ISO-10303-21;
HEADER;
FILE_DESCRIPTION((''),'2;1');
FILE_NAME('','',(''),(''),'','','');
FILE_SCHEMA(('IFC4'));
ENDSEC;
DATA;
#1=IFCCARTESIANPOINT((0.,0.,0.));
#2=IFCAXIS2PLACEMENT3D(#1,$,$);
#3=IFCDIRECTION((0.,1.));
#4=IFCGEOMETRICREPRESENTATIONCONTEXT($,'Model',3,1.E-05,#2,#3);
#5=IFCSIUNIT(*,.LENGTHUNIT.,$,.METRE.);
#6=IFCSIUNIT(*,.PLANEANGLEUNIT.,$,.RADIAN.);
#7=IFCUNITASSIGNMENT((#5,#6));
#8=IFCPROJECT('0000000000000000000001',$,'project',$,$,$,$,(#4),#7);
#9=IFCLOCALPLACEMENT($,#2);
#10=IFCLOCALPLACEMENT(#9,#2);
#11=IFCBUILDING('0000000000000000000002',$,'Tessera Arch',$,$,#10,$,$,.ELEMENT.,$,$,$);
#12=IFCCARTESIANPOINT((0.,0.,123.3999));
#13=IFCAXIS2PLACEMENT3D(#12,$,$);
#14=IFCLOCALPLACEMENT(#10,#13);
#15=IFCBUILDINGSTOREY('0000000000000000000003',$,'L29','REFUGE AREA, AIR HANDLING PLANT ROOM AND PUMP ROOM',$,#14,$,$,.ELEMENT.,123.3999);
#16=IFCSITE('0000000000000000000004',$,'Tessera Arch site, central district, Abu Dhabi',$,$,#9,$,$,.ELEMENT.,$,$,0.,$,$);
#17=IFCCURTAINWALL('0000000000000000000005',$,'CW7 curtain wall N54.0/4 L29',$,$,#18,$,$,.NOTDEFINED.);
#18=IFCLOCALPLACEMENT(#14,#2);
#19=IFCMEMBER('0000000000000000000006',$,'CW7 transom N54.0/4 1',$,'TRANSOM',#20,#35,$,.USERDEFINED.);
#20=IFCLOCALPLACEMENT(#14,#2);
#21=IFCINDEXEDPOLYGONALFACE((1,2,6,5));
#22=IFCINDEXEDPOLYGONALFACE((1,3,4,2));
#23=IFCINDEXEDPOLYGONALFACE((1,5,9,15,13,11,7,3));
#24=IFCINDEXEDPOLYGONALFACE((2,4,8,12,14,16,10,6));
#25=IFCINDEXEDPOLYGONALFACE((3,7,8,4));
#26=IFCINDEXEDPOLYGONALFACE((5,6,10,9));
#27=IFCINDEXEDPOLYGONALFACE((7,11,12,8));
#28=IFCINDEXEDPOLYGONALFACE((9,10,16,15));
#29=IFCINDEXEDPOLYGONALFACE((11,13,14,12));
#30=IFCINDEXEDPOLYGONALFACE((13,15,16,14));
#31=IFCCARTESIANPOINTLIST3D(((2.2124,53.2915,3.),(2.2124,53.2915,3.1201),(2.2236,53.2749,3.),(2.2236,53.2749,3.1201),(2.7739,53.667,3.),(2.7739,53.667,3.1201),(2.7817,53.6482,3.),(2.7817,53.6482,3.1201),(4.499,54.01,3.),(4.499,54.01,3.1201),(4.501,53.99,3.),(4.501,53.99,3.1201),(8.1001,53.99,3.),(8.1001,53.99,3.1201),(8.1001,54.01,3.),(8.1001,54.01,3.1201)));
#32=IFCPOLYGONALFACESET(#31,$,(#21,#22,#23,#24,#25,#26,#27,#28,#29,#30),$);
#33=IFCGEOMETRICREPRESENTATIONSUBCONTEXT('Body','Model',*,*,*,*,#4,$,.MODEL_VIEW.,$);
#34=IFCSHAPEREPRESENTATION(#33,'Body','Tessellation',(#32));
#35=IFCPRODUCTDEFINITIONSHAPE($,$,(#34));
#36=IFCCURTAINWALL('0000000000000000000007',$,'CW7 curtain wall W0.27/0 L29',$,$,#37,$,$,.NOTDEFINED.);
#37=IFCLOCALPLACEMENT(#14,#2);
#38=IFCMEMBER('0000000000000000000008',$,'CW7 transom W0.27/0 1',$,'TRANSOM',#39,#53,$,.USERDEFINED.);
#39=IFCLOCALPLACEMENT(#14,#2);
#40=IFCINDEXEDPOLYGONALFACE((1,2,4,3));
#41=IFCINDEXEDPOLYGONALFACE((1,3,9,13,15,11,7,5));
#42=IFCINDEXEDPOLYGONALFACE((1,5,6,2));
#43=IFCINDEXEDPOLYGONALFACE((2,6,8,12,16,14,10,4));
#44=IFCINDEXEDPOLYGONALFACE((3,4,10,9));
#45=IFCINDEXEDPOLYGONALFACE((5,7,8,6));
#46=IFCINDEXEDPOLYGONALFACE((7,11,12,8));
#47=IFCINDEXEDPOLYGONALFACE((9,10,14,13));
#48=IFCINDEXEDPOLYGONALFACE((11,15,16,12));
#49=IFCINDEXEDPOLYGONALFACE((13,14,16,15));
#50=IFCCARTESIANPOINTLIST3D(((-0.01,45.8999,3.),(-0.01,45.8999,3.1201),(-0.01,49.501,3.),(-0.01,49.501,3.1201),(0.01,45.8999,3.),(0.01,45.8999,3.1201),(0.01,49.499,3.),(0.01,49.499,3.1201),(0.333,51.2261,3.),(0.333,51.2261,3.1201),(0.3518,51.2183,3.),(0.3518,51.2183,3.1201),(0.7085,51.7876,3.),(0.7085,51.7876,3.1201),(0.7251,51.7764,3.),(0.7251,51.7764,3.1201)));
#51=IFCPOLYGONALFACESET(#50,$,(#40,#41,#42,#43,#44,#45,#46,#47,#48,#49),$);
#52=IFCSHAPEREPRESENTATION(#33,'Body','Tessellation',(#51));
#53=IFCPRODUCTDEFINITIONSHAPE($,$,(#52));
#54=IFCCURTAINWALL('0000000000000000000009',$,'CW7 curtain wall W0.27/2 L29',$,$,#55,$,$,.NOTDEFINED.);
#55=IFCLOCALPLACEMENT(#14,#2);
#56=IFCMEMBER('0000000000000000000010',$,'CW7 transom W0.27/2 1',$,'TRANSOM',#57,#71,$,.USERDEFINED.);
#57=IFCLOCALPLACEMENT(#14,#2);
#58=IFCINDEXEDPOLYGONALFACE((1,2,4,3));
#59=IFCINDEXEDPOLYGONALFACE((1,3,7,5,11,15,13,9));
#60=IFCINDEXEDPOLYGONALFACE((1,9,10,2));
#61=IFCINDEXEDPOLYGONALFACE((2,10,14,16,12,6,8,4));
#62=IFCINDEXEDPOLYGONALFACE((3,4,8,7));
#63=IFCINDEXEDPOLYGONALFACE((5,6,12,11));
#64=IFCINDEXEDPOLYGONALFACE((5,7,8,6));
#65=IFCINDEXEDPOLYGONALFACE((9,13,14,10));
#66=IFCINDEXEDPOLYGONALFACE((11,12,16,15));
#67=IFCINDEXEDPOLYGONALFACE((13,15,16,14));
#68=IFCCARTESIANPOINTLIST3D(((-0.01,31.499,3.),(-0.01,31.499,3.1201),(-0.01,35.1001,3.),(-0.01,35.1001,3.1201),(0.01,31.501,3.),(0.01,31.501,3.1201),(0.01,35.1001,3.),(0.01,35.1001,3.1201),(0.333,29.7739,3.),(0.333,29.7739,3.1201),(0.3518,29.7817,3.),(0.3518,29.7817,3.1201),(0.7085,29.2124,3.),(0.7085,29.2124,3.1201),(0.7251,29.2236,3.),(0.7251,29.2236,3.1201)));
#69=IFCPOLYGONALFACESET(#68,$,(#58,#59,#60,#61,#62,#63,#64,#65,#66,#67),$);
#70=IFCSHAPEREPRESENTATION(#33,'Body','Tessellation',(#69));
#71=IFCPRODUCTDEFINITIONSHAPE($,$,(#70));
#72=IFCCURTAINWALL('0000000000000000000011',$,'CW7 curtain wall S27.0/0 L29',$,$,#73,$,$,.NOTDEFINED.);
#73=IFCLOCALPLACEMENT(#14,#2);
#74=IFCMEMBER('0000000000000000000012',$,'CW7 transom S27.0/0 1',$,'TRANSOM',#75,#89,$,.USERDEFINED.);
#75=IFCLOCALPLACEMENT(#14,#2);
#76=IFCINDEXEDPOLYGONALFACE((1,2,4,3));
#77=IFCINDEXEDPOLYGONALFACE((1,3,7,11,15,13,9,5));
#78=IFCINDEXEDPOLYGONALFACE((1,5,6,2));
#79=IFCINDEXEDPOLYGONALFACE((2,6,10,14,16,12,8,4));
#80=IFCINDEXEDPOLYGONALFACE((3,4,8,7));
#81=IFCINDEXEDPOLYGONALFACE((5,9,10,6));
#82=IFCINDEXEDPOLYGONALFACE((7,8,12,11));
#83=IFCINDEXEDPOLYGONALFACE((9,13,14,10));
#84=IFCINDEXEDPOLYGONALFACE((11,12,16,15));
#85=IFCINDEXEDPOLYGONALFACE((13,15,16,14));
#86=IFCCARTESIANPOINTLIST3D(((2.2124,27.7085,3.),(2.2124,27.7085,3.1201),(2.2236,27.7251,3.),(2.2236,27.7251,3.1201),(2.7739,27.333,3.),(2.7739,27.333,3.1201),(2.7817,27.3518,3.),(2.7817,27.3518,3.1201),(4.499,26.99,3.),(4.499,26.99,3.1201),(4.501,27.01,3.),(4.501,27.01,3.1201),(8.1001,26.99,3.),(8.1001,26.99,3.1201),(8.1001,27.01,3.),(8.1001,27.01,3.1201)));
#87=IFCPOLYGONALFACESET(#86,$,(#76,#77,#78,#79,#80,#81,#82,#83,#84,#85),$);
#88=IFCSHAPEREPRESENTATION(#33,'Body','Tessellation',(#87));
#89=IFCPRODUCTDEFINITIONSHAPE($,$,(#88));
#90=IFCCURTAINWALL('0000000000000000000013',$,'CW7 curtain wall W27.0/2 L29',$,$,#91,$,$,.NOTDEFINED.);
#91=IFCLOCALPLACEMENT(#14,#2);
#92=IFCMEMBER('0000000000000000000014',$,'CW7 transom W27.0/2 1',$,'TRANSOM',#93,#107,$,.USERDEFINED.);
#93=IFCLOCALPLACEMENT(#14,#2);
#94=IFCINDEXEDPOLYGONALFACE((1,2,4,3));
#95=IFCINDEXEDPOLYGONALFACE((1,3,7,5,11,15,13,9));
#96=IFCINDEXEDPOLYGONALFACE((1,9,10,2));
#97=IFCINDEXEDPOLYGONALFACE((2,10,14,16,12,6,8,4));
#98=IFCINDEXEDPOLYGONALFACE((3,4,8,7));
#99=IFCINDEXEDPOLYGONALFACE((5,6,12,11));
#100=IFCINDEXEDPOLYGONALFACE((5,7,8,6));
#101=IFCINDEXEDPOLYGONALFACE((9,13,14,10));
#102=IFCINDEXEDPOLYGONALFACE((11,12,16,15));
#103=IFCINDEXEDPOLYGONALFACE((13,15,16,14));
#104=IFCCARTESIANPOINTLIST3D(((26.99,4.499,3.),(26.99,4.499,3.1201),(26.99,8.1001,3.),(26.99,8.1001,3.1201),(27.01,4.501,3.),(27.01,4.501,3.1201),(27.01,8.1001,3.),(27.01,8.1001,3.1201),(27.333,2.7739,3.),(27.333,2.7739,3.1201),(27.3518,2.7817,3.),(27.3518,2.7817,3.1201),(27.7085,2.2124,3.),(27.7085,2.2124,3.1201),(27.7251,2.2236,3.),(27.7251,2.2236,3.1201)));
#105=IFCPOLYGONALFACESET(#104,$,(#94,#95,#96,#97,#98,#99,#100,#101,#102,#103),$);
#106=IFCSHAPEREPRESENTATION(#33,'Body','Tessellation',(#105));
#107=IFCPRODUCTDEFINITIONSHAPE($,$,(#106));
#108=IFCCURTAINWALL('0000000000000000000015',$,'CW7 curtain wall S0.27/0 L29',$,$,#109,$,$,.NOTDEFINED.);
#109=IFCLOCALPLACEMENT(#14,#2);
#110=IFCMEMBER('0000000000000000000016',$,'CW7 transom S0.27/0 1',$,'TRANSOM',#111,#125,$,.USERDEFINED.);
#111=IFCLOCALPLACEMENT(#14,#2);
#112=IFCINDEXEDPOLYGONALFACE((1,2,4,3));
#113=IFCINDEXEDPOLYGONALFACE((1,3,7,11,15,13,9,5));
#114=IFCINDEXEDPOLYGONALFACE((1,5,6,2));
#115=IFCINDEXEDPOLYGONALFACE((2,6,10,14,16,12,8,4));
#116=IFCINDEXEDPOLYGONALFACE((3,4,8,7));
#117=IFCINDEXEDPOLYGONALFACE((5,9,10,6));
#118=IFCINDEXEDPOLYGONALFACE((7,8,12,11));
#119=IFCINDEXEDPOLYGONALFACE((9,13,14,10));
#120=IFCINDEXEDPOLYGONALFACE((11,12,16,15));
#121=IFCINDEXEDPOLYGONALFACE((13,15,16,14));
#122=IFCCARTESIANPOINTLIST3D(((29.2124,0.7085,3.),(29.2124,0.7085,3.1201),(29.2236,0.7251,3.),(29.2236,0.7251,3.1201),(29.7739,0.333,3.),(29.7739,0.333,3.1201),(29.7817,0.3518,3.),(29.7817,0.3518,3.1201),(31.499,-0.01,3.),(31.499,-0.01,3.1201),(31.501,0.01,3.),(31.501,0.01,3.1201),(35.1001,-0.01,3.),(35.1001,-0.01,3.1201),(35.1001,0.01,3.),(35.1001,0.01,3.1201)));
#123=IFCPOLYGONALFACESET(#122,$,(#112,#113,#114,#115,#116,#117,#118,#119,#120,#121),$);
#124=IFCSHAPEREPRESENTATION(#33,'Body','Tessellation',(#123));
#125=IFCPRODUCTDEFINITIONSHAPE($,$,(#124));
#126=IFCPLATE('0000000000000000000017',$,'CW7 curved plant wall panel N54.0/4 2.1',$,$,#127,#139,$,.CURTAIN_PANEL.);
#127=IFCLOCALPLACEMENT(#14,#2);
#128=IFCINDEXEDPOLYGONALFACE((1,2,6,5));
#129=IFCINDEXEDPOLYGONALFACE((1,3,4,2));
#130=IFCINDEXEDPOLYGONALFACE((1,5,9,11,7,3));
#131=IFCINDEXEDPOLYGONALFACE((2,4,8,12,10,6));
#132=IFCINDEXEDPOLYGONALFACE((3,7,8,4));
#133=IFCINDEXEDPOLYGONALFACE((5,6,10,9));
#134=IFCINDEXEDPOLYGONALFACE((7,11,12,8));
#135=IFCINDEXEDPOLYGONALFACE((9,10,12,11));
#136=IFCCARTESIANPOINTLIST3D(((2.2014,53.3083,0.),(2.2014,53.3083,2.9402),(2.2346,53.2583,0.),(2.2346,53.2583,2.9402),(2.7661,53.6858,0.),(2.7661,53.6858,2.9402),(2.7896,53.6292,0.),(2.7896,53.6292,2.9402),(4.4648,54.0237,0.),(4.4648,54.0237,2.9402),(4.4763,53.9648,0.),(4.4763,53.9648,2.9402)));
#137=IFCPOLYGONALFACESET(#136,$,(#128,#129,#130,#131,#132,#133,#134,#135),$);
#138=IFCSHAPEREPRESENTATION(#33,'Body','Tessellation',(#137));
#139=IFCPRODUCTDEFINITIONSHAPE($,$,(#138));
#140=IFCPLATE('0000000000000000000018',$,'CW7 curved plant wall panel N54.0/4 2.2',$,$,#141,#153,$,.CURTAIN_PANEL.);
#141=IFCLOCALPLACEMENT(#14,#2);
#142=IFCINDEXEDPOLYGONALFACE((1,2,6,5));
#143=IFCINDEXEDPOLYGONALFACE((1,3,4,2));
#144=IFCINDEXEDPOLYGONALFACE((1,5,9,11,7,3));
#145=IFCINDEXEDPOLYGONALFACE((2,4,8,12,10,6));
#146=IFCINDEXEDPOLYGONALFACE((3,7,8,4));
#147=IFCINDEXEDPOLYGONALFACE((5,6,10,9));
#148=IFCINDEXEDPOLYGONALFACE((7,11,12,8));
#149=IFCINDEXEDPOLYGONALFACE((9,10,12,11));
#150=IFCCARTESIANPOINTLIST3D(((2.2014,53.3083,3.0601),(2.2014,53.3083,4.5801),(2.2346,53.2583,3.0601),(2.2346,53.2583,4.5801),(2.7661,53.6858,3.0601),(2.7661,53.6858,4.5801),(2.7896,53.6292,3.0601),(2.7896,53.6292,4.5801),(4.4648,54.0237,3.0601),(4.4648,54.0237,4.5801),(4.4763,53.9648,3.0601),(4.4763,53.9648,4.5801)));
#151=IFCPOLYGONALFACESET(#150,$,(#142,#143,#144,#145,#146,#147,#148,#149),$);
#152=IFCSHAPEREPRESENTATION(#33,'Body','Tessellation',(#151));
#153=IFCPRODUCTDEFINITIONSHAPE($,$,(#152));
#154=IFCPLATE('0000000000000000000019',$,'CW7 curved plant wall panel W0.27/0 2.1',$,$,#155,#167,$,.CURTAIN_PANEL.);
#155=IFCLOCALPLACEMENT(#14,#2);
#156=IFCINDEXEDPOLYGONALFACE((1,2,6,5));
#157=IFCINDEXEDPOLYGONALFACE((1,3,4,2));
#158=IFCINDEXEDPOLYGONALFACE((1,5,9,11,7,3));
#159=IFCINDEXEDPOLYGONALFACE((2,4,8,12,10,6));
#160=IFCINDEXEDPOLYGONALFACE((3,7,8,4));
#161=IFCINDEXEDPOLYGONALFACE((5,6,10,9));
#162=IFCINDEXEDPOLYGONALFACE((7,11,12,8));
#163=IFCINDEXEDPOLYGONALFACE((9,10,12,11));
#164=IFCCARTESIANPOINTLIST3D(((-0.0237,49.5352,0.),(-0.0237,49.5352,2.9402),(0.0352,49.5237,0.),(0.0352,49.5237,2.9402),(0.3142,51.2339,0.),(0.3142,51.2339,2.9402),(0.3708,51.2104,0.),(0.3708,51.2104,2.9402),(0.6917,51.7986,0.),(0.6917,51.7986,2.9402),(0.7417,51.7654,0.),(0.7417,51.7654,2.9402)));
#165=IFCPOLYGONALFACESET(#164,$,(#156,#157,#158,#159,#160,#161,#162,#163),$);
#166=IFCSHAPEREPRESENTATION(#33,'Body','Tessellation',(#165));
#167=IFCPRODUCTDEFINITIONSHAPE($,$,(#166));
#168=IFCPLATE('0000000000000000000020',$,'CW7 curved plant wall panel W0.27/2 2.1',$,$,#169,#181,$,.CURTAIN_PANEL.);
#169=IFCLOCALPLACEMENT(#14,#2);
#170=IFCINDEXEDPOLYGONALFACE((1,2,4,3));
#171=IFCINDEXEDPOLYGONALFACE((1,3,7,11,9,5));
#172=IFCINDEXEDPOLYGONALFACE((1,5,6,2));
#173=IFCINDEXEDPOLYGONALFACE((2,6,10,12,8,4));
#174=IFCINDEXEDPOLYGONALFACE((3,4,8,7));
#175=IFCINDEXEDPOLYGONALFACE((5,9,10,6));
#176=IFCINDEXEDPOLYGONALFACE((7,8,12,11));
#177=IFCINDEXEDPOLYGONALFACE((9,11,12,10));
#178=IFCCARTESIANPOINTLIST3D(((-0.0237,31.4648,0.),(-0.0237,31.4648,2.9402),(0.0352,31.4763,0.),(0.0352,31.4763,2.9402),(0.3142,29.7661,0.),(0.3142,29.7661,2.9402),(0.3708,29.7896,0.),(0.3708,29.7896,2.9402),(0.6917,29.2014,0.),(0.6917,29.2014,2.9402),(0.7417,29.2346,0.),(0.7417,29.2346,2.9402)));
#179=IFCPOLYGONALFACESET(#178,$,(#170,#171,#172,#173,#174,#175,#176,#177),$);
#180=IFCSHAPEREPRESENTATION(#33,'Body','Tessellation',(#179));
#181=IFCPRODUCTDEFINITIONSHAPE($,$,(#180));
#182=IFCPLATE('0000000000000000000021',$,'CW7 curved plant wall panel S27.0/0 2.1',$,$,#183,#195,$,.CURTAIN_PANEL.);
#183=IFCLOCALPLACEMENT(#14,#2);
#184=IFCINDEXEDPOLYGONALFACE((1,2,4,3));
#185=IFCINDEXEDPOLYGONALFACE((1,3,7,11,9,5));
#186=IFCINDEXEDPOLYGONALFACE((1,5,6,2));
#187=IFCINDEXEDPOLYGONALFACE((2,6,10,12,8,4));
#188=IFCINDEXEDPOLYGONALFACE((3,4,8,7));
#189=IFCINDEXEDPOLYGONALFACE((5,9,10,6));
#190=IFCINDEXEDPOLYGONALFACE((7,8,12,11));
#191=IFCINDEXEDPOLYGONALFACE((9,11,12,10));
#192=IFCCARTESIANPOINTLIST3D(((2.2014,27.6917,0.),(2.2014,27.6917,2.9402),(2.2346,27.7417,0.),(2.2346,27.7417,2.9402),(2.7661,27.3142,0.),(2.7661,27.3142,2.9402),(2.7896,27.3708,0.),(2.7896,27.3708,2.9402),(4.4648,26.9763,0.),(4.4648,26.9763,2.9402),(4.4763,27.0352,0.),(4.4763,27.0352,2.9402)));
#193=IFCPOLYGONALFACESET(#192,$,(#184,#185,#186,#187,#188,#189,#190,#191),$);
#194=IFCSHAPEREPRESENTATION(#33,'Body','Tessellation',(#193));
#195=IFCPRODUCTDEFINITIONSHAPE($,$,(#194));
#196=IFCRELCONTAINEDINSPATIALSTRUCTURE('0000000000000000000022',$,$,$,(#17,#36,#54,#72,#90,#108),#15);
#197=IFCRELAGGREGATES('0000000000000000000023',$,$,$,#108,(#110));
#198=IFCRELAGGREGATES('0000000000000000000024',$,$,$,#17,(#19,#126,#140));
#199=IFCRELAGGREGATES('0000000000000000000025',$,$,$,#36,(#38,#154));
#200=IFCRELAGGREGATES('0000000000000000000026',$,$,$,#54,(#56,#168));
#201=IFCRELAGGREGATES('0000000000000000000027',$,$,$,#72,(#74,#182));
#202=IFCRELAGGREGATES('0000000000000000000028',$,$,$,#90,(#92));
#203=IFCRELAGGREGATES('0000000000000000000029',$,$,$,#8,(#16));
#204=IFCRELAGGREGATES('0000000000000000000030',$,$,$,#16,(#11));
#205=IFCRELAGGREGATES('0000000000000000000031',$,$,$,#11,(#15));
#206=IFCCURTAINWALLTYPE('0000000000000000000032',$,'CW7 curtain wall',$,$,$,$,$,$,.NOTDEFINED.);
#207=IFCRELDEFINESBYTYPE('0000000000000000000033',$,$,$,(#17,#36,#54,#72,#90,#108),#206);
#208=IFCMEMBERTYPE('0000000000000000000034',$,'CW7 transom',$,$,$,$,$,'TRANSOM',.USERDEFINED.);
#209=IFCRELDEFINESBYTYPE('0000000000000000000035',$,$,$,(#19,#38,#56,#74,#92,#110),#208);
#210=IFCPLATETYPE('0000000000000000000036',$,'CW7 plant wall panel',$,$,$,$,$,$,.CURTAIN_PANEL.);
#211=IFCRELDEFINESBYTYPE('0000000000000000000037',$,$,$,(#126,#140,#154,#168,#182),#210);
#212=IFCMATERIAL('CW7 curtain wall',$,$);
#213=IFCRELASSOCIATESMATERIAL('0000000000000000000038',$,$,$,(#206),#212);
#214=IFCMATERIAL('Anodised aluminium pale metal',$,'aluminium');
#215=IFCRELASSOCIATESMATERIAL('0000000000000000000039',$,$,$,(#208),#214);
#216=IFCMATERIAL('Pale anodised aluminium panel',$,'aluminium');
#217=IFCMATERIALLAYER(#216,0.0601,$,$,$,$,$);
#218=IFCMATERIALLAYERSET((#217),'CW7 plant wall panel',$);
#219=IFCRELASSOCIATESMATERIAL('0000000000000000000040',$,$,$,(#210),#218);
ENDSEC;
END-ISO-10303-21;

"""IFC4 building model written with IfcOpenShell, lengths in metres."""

from ifc_helpers import new_model, si_unit, direction, frame, origin, origin_2d, place, context, subcontext, project, spatial, polyline, rectangle, outline, extrude, material, layer, layer_set, material_profile, profile_set, type_object, element, aggregate, save


model = new_model("IFC4")

# Units and contexts
model_context = context("Model", 3, precision=1e-05, world=origin(), true_north=direction((0.0, 1.0)))
body_context = subcontext(model_context, "Body", "Model", "MODEL_VIEW")
ifc_project = project(units=[si_unit("LENGTHUNIT", "METRE"), si_unit("PLANEANGLEUNIT", "RADIAN")], contexts=[model_context])

# Site, building, storey
site_placement = place(None, origin())
site = spatial("IfcSite", under=ifc_project, at=site_placement, Name="Tessera Arch site, central district, Abu Dhabi", CompositionType="ELEMENT", RefElevation=0.0)
building_placement = place(site_placement, origin())
building = spatial("IfcBuilding", under=site, at=building_placement, Name="Tessera Arch", CompositionType="ELEMENT")
storey_placement = place(building_placement, frame((0.0, 0.0, 123.3999)))
storey = spatial("IfcBuildingStorey", under=building, at=storey_placement, Name="L29", Description="REFUGE AREA, AIR HANDLING PLANT ROOM AND PUMP ROOM", CompositionType="ELEMENT", Elevation=123.3999)

# Curtain walls, members
ifc_material_1 = material(Name="CW7 curtain wall")
curtain_wall_type = type_object("IfcCurtainWallType", Name="CW7 curtain wall", PredefinedType="NOTDEFINED", material=ifc_material_1)
curtain_wall_1_placement = place(storey_placement, origin())
curtain_wall_1 = element("IfcCurtainWall", 1, at=curtain_wall_1_placement, inside=storey, type_object=curtain_wall_type, Name="CW7 curtain wall N54.0/4 L29", PredefinedType="NOTDEFINED")
ifc_material_2 = material(Name="Anodised aluminium pale metal", Category="aluminium")
ifc_material_profile = material_profile(ifc_material_2, rectangle(XDim=0.1599, YDim=0.1201, at=origin_2d()), Name="AL 160x120")
ifc_profile_set = profile_set([ifc_material_profile], Name="Anodised aluminium pale metal")
member_type = type_object("IfcMemberType", Name="CW7 transom", ElementType="TRANSOM", PredefinedType="USERDEFINED", material=ifc_profile_set)
member_1_placement = place(storey_placement, frame((0.0, 0.0, 3.0)))
member_1 = element("IfcMember", 2, at=member_1_placement, type_object=member_type, Name="CW7 transom N54.0/4 1", ObjectType="TRANSOM", PredefinedType="USERDEFINED", context=body_context, shape_type="SweptSolid", body=[
    extrude(outline(polyline([(4.501, 53.99), (8.1001, 53.99), (8.1001, 54.01), (4.499, 54.01), (2.7739, 53.667), (2.2124, 53.2915), (2.2236, 53.2749), (2.7817, 53.6482), (4.501, 53.99)])), origin(), (0.0, 0.0, 1.0), 0.1201),
])
curtain_wall_2_placement = place(storey_placement, origin())
curtain_wall_2 = element("IfcCurtainWall", 3, at=curtain_wall_2_placement, inside=storey, type_object=curtain_wall_type, Name="CW7 curtain wall W0.27/0 L29", PredefinedType="NOTDEFINED")
member_2_placement = place(storey_placement, frame((0.0, 0.0, 3.0)))
member_2 = element("IfcMember", 4, at=member_2_placement, type_object=member_type, Name="CW7 transom W0.27/0 1", ObjectType="TRANSOM", PredefinedType="USERDEFINED", context=body_context, shape_type="SweptSolid", body=[
    extrude(outline(polyline([(0.3518, 51.2183), (0.7251, 51.7764), (0.7085, 51.7876), (0.333, 51.2261), (-0.01, 49.501), (-0.01, 45.8999), (0.01, 45.8999), (0.01, 49.499), (0.3518, 51.2183)])), origin(), (0.0, 0.0, 1.0), 0.1201),
])
curtain_wall_3_placement = place(storey_placement, origin())
curtain_wall_3 = element("IfcCurtainWall", 5, at=curtain_wall_3_placement, inside=storey, type_object=curtain_wall_type, Name="CW7 curtain wall W0.27/2 L29", PredefinedType="NOTDEFINED")
member_3_placement = place(storey_placement, frame((0.0, 0.0, 3.0)))
member_3 = element("IfcMember", 6, at=member_3_placement, type_object=member_type, Name="CW7 transom W0.27/2 1", ObjectType="TRANSOM", PredefinedType="USERDEFINED", context=body_context, shape_type="SweptSolid", body=[
    extrude(outline(polyline([(0.01, 31.501), (0.01, 35.1001), (-0.01, 35.1001), (-0.01, 31.499), (0.333, 29.7739), (0.7085, 29.2124), (0.7251, 29.2236), (0.3518, 29.7817), (0.01, 31.501)])), origin(), (0.0, 0.0, 1.0), 0.1201),
])
curtain_wall_4_placement = place(storey_placement, origin())
curtain_wall_4 = element("IfcCurtainWall", 7, at=curtain_wall_4_placement, inside=storey, type_object=curtain_wall_type, Name="CW7 curtain wall S27.0/0 L29", PredefinedType="NOTDEFINED")
member_4_placement = place(storey_placement, frame((0.0, 0.0, 3.0)))
member_4 = element("IfcMember", 8, at=member_4_placement, type_object=member_type, Name="CW7 transom S27.0/0 1", ObjectType="TRANSOM", PredefinedType="USERDEFINED", context=body_context, shape_type="SweptSolid", body=[
    extrude(outline(polyline([(2.7817, 27.3518), (2.2236, 27.7251), (2.2124, 27.7085), (2.7739, 27.333), (4.499, 26.99), (8.1001, 26.99), (8.1001, 27.01), (4.501, 27.01), (2.7817, 27.3518)])), origin(), (0.0, 0.0, 1.0), 0.1201),
])
curtain_wall_5_placement = place(storey_placement, origin())
curtain_wall_5 = element("IfcCurtainWall", 9, at=curtain_wall_5_placement, inside=storey, type_object=curtain_wall_type, Name="CW7 curtain wall W27.0/2 L29", PredefinedType="NOTDEFINED")
member_5_placement = place(storey_placement, frame((0.0, 0.0, 3.0)))
member_5 = element("IfcMember", 10, at=member_5_placement, type_object=member_type, Name="CW7 transom W27.0/2 1", ObjectType="TRANSOM", PredefinedType="USERDEFINED", context=body_context, shape_type="SweptSolid", body=[
    extrude(outline(polyline([(27.01, 4.501), (27.01, 8.1001), (26.99, 8.1001), (26.99, 4.499), (27.333, 2.7739), (27.7085, 2.2124), (27.7251, 2.2236), (27.3518, 2.7817), (27.01, 4.501)])), origin(), (0.0, 0.0, 1.0), 0.1201),
])
curtain_wall_6_placement = place(storey_placement, origin())
curtain_wall_6 = element("IfcCurtainWall", 11, at=curtain_wall_6_placement, inside=storey, type_object=curtain_wall_type, Name="CW7 curtain wall S0.27/0 L29", PredefinedType="NOTDEFINED")
member_6_placement = place(storey_placement, frame((0.0, 0.0, 3.0)))
member_6 = element("IfcMember", 12, at=member_6_placement, type_object=member_type, Name="CW7 transom S0.27/0 1", ObjectType="TRANSOM", PredefinedType="USERDEFINED", context=body_context, shape_type="SweptSolid", body=[
    extrude(outline(polyline([(29.7817, 0.3518), (29.2236, 0.7251), (29.2124, 0.7085), (29.7739, 0.333), (31.499, -0.01), (35.1001, -0.01), (35.1001, 0.01), (31.501, 0.01), (29.7817, 0.3518)])), origin(), (0.0, 0.0, 1.0), 0.1201),
])
aggregate(curtain_wall_6, [member_6])

# Plates
ifc_material_3 = material(Name="Pale anodised aluminium panel", Category="aluminium")
ifc_layer = layer(ifc_material_3, 0.0601)
ifc_layer_set = layer_set([ifc_layer], Name="CW7 plant wall panel")
plate_type = type_object("IfcPlateType", Name="CW7 plant wall panel", PredefinedType="CURTAIN_PANEL", material=ifc_layer_set)
plate_1_placement = place(storey_placement, origin())
plate_1 = element("IfcPlate", 13, at=plate_1_placement, type_object=plate_type, Name="CW7 curved plant wall panel N54.0/4 2.1", PredefinedType="CURTAIN_PANEL", context=body_context, shape_type="SweptSolid", body=[
    extrude(outline(polyline([(2.7896, 53.6292), (4.4763, 53.9648), (4.4648, 54.0237), (2.7661, 53.6858), (2.2014, 53.3083), (2.2346, 53.2583), (2.7896, 53.6292)])), origin(), (0.0, 0.0, 1.0), 2.9402),
])
plate_2_placement = place(storey_placement, frame((0.0, 0.0, 3.0601)))
plate_2 = element("IfcPlate", 14, at=plate_2_placement, type_object=plate_type, Name="CW7 curved plant wall panel N54.0/4 2.2", PredefinedType="CURTAIN_PANEL", context=body_context, shape_type="SweptSolid", body=[
    extrude(outline(polyline([(2.7896, 53.6292), (4.4763, 53.9648), (4.4648, 54.0237), (2.7661, 53.6858), (2.2014, 53.3083), (2.2346, 53.2583), (2.7896, 53.6292)])), origin(), (0.0, 0.0, 1.0), 1.52),
])
aggregate(curtain_wall_1, [member_1, plate_1, plate_2])
plate_3_placement = place(storey_placement, origin())
plate_3 = element("IfcPlate", 15, at=plate_3_placement, type_object=plate_type, Name="CW7 curved plant wall panel W0.27/0 2.1", PredefinedType="CURTAIN_PANEL", context=body_context, shape_type="SweptSolid", body=[
    extrude(outline(polyline([(0.3708, 51.2104), (0.7417, 51.7654), (0.6917, 51.7986), (0.3142, 51.2339), (-0.0237, 49.5352), (0.0352, 49.5237), (0.3708, 51.2104)])), origin(), (0.0, 0.0, 1.0), 2.9402),
])
aggregate(curtain_wall_2, [member_2, plate_3])
plate_4_placement = place(storey_placement, origin())
plate_4 = element("IfcPlate", 16, at=plate_4_placement, type_object=plate_type, Name="CW7 curved plant wall panel W0.27/2 2.1", PredefinedType="CURTAIN_PANEL", context=body_context, shape_type="SweptSolid", body=[
    extrude(outline(polyline([(0.3708, 29.7896), (0.0352, 31.4763), (-0.0237, 31.4648), (0.3142, 29.7661), (0.6917, 29.2014), (0.7417, 29.2346), (0.3708, 29.7896)])), origin(), (0.0, 0.0, 1.0), 2.9402),
])
aggregate(curtain_wall_3, [member_3, plate_4])
plate_5_placement = place(storey_placement, origin())
plate_5 = element("IfcPlate", 17, at=plate_5_placement, type_object=plate_type, Name="CW7 curved plant wall panel S27.0/0 2.1", PredefinedType="CURTAIN_PANEL", context=body_context, shape_type="SweptSolid", body=[
    extrude(outline(polyline([(2.7896, 27.3708), (2.2346, 27.7417), (2.2014, 27.6917), (2.7661, 27.3142), (4.4648, 26.9763), (4.4763, 27.0352), (2.7896, 27.3708)])), origin(), (0.0, 0.0, 1.0), 2.9402),
])
aggregate(curtain_wall_4, [member_4, plate_5])
aggregate(curtain_wall_5, [member_5])

save(model, "model.ifc")
